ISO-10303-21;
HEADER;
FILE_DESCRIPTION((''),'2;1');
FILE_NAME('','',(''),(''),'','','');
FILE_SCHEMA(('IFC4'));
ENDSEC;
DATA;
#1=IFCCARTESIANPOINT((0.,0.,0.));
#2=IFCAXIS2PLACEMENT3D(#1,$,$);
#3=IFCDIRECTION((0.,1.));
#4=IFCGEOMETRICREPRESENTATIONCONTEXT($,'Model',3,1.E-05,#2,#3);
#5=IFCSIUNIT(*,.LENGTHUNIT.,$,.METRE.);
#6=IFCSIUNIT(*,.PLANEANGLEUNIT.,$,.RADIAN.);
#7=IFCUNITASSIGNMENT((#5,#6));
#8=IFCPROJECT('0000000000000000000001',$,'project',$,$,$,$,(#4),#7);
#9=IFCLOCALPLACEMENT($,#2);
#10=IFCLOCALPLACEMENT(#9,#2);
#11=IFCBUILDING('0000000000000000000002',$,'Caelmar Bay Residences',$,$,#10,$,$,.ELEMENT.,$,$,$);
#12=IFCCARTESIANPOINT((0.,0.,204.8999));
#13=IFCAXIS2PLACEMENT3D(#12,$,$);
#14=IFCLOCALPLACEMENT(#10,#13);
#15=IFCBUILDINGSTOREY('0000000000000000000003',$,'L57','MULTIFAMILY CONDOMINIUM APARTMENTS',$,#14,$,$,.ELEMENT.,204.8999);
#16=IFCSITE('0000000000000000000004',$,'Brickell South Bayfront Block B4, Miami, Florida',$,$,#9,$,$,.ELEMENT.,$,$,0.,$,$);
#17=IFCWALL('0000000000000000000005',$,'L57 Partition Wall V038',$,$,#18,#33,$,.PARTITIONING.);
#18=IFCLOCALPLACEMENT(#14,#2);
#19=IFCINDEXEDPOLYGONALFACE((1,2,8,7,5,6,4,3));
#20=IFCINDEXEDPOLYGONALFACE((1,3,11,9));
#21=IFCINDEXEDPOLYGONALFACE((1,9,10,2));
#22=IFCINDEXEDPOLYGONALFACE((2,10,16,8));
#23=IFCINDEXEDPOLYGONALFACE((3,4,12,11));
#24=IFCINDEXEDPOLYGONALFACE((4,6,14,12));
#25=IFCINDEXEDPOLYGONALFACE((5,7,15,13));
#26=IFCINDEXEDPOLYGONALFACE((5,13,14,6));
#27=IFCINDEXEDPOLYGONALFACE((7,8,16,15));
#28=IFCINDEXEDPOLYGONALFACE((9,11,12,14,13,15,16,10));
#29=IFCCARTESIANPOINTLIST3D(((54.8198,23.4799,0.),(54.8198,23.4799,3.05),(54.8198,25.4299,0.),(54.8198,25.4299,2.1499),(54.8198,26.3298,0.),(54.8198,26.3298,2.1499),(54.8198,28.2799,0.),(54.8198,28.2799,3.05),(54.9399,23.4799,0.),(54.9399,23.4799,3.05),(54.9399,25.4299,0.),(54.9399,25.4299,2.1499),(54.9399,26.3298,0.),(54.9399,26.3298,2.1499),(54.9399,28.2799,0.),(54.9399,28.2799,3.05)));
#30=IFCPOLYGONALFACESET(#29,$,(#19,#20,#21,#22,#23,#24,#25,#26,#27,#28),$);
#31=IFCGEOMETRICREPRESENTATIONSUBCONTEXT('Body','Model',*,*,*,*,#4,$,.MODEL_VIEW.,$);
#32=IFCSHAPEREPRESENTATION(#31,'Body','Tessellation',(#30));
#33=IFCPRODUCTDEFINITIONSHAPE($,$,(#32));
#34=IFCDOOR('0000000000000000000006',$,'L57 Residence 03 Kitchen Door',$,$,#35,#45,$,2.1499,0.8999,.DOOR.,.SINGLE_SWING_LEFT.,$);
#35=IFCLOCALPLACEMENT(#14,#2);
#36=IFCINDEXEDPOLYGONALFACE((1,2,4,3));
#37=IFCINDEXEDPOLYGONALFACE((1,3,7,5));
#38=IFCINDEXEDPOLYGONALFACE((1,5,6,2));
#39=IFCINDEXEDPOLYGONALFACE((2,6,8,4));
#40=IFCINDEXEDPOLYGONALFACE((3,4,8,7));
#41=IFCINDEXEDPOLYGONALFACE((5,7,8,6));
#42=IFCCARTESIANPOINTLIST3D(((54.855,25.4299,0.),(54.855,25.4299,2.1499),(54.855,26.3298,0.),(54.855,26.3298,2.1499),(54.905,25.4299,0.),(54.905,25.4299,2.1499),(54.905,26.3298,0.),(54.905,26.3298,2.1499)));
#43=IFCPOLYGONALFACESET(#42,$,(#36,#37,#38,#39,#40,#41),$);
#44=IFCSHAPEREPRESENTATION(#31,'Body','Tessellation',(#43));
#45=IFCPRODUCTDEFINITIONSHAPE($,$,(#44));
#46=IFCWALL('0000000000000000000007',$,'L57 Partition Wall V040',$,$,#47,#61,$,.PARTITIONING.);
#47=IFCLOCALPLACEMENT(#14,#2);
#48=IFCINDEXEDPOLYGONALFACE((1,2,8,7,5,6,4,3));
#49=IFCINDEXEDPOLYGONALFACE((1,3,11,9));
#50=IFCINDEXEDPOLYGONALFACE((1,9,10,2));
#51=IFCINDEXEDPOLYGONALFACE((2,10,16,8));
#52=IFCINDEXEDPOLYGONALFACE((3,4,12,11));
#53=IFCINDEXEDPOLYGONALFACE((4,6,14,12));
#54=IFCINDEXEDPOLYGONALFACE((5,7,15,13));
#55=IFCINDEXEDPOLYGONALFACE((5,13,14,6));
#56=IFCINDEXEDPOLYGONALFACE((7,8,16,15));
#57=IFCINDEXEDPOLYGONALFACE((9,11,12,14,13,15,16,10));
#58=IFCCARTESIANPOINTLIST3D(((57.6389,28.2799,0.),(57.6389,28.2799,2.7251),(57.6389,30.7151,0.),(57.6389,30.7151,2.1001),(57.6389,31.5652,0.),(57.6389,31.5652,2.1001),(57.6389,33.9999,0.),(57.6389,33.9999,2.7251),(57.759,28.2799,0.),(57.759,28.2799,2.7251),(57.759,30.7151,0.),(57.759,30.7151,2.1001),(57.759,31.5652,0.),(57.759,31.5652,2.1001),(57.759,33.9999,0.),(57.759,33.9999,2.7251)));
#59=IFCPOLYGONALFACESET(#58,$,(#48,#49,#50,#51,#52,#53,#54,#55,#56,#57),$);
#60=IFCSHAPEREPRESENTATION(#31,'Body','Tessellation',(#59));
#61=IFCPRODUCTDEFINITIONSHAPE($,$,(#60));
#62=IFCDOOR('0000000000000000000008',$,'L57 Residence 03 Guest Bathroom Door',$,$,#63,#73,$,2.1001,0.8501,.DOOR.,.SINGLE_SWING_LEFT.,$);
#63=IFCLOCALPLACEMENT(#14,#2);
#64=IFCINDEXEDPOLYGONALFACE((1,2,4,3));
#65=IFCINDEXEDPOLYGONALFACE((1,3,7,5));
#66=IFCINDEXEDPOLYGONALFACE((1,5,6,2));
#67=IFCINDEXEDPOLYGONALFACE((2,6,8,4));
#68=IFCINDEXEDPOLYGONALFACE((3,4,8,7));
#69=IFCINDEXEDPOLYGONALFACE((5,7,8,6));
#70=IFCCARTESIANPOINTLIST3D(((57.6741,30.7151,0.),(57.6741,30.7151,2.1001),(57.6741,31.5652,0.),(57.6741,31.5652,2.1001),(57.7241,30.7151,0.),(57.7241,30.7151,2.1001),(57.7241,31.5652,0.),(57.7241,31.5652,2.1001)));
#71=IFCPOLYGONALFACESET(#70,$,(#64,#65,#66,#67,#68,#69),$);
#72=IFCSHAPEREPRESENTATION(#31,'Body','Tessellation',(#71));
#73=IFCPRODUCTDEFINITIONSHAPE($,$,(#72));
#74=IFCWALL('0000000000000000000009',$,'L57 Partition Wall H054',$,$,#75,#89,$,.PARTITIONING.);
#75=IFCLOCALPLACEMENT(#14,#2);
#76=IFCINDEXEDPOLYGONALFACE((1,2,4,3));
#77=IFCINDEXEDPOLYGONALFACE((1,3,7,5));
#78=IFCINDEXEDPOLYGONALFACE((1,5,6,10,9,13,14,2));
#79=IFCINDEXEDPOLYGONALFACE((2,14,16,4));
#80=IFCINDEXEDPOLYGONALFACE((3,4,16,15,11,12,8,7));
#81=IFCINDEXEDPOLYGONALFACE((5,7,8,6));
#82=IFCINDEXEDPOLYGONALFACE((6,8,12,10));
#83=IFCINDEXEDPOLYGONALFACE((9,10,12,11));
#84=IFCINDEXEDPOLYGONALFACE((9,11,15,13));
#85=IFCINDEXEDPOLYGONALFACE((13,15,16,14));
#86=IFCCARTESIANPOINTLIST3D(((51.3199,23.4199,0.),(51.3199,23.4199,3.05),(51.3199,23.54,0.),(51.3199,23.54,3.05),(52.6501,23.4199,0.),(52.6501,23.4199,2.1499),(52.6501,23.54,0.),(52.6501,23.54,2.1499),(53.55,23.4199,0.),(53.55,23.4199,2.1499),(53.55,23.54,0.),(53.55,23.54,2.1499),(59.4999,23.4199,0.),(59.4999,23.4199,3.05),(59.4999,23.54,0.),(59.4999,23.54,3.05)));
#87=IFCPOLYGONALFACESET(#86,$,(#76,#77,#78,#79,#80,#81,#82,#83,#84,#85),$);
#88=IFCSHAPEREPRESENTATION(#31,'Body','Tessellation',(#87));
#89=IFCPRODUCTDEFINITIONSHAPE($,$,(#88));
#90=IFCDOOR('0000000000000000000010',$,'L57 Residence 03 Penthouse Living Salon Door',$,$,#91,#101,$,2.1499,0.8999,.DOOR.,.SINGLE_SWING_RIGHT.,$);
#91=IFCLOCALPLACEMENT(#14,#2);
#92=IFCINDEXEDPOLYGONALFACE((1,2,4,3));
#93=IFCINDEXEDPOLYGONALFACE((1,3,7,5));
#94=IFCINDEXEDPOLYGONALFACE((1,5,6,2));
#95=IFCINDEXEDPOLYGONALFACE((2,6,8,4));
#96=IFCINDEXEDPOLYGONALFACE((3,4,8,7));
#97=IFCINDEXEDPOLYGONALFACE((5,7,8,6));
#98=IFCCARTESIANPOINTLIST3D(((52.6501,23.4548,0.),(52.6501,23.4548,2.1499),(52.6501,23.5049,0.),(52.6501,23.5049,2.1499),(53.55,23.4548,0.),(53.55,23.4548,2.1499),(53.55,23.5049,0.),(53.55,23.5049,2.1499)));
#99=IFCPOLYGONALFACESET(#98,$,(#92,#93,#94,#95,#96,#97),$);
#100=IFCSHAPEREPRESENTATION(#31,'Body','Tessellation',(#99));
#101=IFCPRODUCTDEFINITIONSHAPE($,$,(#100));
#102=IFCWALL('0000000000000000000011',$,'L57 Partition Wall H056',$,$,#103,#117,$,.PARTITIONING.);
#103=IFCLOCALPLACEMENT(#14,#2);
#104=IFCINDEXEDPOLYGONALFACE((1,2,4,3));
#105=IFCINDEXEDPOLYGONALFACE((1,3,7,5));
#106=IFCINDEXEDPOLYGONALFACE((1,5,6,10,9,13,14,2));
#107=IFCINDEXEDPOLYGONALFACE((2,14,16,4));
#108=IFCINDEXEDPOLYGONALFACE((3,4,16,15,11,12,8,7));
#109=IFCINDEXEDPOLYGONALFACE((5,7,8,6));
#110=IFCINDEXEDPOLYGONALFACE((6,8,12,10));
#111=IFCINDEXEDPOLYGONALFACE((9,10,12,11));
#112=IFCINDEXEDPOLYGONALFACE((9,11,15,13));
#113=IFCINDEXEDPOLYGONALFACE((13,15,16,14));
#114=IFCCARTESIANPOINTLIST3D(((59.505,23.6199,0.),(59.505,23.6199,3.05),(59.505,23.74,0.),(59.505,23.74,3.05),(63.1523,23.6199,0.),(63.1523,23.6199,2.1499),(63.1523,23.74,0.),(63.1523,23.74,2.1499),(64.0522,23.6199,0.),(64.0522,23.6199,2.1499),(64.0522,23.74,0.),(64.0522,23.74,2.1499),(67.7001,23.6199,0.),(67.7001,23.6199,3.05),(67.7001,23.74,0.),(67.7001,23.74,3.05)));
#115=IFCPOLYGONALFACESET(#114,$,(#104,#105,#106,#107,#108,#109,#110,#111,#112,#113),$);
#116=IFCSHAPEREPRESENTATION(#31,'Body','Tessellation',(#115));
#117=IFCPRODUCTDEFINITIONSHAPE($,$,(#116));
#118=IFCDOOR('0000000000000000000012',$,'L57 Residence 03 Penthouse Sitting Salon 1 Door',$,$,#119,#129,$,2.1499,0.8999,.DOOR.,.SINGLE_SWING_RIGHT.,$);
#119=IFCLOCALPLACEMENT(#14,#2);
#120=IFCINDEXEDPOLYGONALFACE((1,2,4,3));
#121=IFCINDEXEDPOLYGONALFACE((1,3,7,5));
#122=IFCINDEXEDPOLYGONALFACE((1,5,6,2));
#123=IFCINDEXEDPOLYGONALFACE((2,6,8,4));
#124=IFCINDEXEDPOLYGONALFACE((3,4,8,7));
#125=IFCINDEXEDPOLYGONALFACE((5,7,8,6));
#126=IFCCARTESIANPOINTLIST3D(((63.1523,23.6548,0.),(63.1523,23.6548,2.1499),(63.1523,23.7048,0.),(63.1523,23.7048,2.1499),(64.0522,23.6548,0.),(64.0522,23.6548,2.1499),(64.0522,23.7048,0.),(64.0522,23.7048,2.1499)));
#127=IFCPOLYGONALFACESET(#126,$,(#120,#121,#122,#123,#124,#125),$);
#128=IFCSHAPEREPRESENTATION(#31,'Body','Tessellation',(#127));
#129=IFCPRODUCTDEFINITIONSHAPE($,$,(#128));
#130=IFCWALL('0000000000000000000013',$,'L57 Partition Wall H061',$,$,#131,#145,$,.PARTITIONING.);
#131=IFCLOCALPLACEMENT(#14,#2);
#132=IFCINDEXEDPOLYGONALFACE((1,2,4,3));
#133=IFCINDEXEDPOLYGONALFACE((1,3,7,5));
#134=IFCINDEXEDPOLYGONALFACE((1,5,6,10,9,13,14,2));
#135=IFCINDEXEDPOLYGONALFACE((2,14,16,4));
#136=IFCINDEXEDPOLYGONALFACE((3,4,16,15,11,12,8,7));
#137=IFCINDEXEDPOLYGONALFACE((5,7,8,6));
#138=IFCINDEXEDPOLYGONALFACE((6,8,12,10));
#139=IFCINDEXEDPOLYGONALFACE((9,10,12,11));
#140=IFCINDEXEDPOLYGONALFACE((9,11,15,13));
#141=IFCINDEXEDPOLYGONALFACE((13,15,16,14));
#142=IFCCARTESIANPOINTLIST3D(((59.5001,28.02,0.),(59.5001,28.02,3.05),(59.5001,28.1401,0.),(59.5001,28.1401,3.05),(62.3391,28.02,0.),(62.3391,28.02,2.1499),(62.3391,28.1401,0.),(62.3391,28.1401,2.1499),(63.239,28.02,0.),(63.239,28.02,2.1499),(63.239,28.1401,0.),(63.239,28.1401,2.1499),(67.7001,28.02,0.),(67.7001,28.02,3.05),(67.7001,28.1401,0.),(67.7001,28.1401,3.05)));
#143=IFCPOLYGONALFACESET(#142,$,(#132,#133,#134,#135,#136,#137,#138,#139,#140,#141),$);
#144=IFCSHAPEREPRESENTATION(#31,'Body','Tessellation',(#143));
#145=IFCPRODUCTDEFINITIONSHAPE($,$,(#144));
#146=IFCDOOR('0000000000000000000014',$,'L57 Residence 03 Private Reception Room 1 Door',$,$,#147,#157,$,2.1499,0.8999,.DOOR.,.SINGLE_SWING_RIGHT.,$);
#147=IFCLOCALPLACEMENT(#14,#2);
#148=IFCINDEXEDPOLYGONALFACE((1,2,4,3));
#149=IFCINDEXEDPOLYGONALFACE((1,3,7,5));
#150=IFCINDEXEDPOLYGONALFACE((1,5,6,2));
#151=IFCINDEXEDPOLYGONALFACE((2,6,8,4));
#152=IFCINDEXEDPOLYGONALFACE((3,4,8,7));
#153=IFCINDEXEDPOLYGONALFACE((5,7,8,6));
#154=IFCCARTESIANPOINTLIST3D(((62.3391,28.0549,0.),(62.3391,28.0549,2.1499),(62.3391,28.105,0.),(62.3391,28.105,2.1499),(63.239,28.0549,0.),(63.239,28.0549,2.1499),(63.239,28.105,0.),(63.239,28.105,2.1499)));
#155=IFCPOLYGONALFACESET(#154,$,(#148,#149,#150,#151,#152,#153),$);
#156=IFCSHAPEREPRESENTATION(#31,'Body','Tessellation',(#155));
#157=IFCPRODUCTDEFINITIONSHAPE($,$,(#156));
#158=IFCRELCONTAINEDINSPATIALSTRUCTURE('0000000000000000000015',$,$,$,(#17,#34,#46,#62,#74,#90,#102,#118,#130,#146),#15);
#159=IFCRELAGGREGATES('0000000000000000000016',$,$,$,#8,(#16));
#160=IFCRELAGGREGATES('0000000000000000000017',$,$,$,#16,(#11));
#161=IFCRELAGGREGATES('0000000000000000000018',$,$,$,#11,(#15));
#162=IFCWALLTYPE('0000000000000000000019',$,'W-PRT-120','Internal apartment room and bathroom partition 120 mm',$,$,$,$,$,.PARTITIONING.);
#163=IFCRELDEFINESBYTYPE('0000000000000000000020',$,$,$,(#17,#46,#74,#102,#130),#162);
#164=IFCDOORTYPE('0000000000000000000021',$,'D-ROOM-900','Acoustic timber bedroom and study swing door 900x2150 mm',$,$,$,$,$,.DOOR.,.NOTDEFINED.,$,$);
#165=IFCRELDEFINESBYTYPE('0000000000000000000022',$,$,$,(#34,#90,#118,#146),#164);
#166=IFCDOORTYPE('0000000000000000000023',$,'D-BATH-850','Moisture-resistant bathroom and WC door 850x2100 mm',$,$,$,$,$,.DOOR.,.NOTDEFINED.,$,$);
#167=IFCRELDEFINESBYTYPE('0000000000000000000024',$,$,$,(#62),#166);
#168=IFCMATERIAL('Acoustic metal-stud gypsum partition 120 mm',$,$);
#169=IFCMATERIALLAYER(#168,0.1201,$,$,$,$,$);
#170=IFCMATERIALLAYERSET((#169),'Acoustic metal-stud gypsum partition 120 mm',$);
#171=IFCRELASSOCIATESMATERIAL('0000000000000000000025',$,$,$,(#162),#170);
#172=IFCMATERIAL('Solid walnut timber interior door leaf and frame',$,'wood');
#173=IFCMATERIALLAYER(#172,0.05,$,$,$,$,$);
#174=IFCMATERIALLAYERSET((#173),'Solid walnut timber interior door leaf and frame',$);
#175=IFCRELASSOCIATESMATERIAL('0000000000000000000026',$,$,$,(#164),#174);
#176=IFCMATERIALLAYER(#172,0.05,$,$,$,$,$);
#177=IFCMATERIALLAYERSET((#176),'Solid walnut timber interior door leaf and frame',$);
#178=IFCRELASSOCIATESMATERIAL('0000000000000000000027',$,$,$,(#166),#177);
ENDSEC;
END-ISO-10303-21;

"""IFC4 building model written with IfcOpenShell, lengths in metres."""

from ifc_helpers import new_model, si_unit, direction, frame, frame_2d, origin, place, context, subcontext, project, spatial, rectangle, extrude, material, layer, layer_set, type_object, element, fill, save


model = new_model("IFC4")

# Units and contexts
model_context = context("Model", 3, precision=1e-05, world=origin(), true_north=direction((0.0, 1.0)))
body_context = subcontext(model_context, "Body", "Model", "MODEL_VIEW")
ifc_project = project(units=[si_unit("LENGTHUNIT", "METRE"), si_unit("PLANEANGLEUNIT", "RADIAN")], contexts=[model_context])

# Site, building, storey
site_placement = place(None, origin())
site = spatial("IfcSite", under=ifc_project, at=site_placement, Name="Brickell South Bayfront Block B4, Miami, Florida", CompositionType="ELEMENT", RefElevation=0.0)
building_placement = place(site_placement, origin())
building = spatial("IfcBuilding", under=site, at=building_placement, Name="Caelmar Bay Residences", CompositionType="ELEMENT")
storey_placement = place(building_placement, frame((0.0, 0.0, 204.8999)))
storey = spatial("IfcBuildingStorey", under=building, at=storey_placement, Name="L57", Description="MULTIFAMILY CONDOMINIUM APARTMENTS", CompositionType="ELEMENT", Elevation=204.8999)

# Walls, openings, doors
ifc_material_1 = material(Name="Acoustic metal-stud gypsum partition 120 mm")
ifc_layer_1 = layer(ifc_material_1, 0.1201)
ifc_layer_set_1 = layer_set([ifc_layer_1], Name="Acoustic metal-stud gypsum partition 120 mm")
wall_type_1 = type_object("IfcWallType", Name="W-PRT-120", Description="Internal apartment room and bathroom partition 120 mm", PredefinedType="PARTITIONING", material=ifc_layer_set_1)
wall_1_placement = place(storey_placement, frame((54.8799, 23.48, 0.0), z_axis=(0.0, 0.0, 1.0), x_axis=(0.0, 1.0, 0.0)))
wall_1 = element("IfcWall", 1, at=wall_1_placement, inside=storey, type_object=wall_type_1, Name="L57 Partition Wall V038", PredefinedType="PARTITIONING", context=body_context, shape_type="SweptSolid", body=[
    extrude(rectangle(XDim=4.8, YDim=0.1201, at=frame_2d((2.3999, 0.0))), origin(), (0.0, 0.0, 1.0), 3.05),
])
opening_1_placement = place(wall_1_placement, frame((1.95, 0.0, 0.0)))
opening_1 = element("IfcOpeningElement", 2, at=opening_1_placement, cuts=wall_1, PredefinedType="OPENING", context=body_context, shape_type="SweptSolid", body=[
    extrude(rectangle(XDim=0.8999, YDim=2.1499, at=frame_2d((0.45, 1.075))), frame((0.0, 0.0701, 0.0), z_axis=(0.0, -1.0, 0.0), x_axis=(1.0, 0.0, 0.0)), (0.0, 0.0, 1.0), 0.1401),
])
ifc_material_2 = material(Name="Solid walnut timber interior door leaf and frame", Category="wood")
ifc_layer_2 = layer(ifc_material_2, 0.05)
ifc_layer_set_2 = layer_set([ifc_layer_2], Name="Solid walnut timber interior door leaf and frame")
door_type_1 = type_object("IfcDoorType", Name="D-ROOM-900", Description="Acoustic timber bedroom and study swing door 900x2150 mm", OperationType="NOTDEFINED", PredefinedType="DOOR", material=ifc_layer_set_2)
door_1_placement = place(opening_1_placement, origin())
door_1 = element("IfcDoor", 3, at=door_1_placement, inside=storey, type_object=door_type_1, Name="L57 Residence 03 Kitchen Door", OperationType="SINGLE_SWING_LEFT", OverallHeight=2.1499, OverallWidth=0.8999, PredefinedType="DOOR", context=body_context, shape_type="SweptSolid", body=[
    extrude(rectangle(XDim=0.8999, YDim=2.1499, at=frame_2d((0.45, 1.075))), frame((0.0, 0.0249, 0.0), z_axis=(0.0, -1.0, 0.0), x_axis=(1.0, 0.0, 0.0)), (0.0, 0.0, 1.0), 0.05),
])
fill(opening_1, door_1)
wall_2_placement = place(storey_placement, frame((57.699, 28.28, 0.0), z_axis=(0.0, 0.0, 1.0), x_axis=(0.0, 1.0, 0.0)))
wall_2 = element("IfcWall", 4, at=wall_2_placement, inside=storey, type_object=wall_type_1, Name="L57 Partition Wall V040", PredefinedType="PARTITIONING", context=body_context, shape_type="SweptSolid", body=[
    extrude(rectangle(XDim=5.72, YDim=0.1201, at=frame_2d((2.8599, 0.0))), origin(), (0.0, 0.0, 1.0), 2.7251),
])
opening_2_placement = place(wall_2_placement, frame((2.4351, 0.0, 0.0)))
opening_2 = element("IfcOpeningElement", 5, at=opening_2_placement, cuts=wall_2, PredefinedType="OPENING", context=body_context, shape_type="SweptSolid", body=[
    extrude(rectangle(XDim=0.8501, YDim=2.1001, at=frame_2d((0.425, 1.05))), frame((0.0, 0.0701, 0.0), z_axis=(0.0, -1.0, 0.0), x_axis=(1.0, 0.0, 0.0)), (0.0, 0.0, 1.0), 0.1401),
])
ifc_layer_3 = layer(ifc_material_2, 0.05)
ifc_layer_set_3 = layer_set([ifc_layer_3], Name="Solid walnut timber interior door leaf and frame")
door_type_2 = type_object("IfcDoorType", Name="D-BATH-850", Description="Moisture-resistant bathroom and WC door 850x2100 mm", OperationType="NOTDEFINED", PredefinedType="DOOR", material=ifc_layer_set_3)
door_2_placement = place(opening_2_placement, origin())
door_2 = element("IfcDoor", 6, at=door_2_placement, inside=storey, type_object=door_type_2, Name="L57 Residence 03 Guest Bathroom Door", OperationType="SINGLE_SWING_LEFT", OverallHeight=2.1001, OverallWidth=0.8501, PredefinedType="DOOR", context=body_context, shape_type="SweptSolid", body=[
    extrude(rectangle(XDim=0.8501, YDim=2.1001, at=frame_2d((0.425, 1.05))), frame((0.0, 0.0249, 0.0), z_axis=(0.0, -1.0, 0.0), x_axis=(1.0, 0.0, 0.0)), (0.0, 0.0, 1.0), 0.05),
])
fill(opening_2, door_2)
wall_3_placement = place(storey_placement, frame((51.3201, 23.48, 0.0), z_axis=(0.0, 0.0, 1.0), x_axis=(1.0, 0.0, 0.0)))
wall_3 = element("IfcWall", 7, at=wall_3_placement, inside=storey, type_object=wall_type_1, Name="L57 Partition Wall H054", PredefinedType="PARTITIONING", context=body_context, shape_type="SweptSolid", body=[
    extrude(rectangle(XDim=8.1799, YDim=0.1201, at=frame_2d((4.0898, 0.0))), origin(), (0.0, 0.0, 1.0), 3.05),
])
opening_3_placement = place(wall_3_placement, frame((1.3301, 0.0, 0.0)))
opening_3 = element("IfcOpeningElement", 8, at=opening_3_placement, cuts=wall_3, PredefinedType="OPENING", context=body_context, shape_type="SweptSolid", body=[
    extrude(rectangle(XDim=0.8999, YDim=2.1499, at=frame_2d((0.45, 1.075))), frame((0.0, 0.0701, 0.0), z_axis=(0.0, -1.0, 0.0), x_axis=(1.0, 0.0, 0.0)), (0.0, 0.0, 1.0), 0.1401),
])
door_3_placement = place(opening_3_placement, origin())
door_3 = element("IfcDoor", 9, at=door_3_placement, inside=storey, type_object=door_type_1, Name="L57 Residence 03 Penthouse Living Salon Door", OperationType="SINGLE_SWING_RIGHT", OverallHeight=2.1499, OverallWidth=0.8999, PredefinedType="DOOR", context=body_context, shape_type="SweptSolid", body=[
    extrude(rectangle(XDim=0.8999, YDim=2.1499, at=frame_2d((0.45, 1.075))), frame((0.0, 0.0249, 0.0), z_axis=(0.0, -1.0, 0.0), x_axis=(1.0, 0.0, 0.0)), (0.0, 0.0, 1.0), 0.05),
])
fill(opening_3, door_3)
wall_4_placement = place(storey_placement, frame((59.5049, 23.6799, 0.0), z_axis=(0.0, 0.0, 1.0), x_axis=(1.0, 0.0, 0.0)))
wall_4 = element("IfcWall", 10, at=wall_4_placement, inside=storey, type_object=wall_type_1, Name="L57 Partition Wall H056", PredefinedType="PARTITIONING", context=body_context, shape_type="SweptSolid", body=[
    extrude(rectangle(XDim=8.1951, YDim=0.1201, at=frame_2d((4.0977, 0.0))), origin(), (0.0, 0.0, 1.0), 3.05),
])
opening_4_placement = place(wall_4_placement, frame((3.6475, 0.0, 0.0)))
opening_4 = element("IfcOpeningElement", 11, at=opening_4_placement, cuts=wall_4, PredefinedType="OPENING", context=body_context, shape_type="SweptSolid", body=[
    extrude(rectangle(XDim=0.8999, YDim=2.1499, at=frame_2d((0.45, 1.075))), frame((0.0, 0.0701, 0.0), z_axis=(0.0, -1.0, 0.0), x_axis=(1.0, 0.0, 0.0)), (0.0, 0.0, 1.0), 0.1401),
])
door_4_placement = place(opening_4_placement, origin())
door_4 = element("IfcDoor", 12, at=door_4_placement, inside=storey, type_object=door_type_1, Name="L57 Residence 03 Penthouse Sitting Salon 1 Door", OperationType="SINGLE_SWING_RIGHT", OverallHeight=2.1499, OverallWidth=0.8999, PredefinedType="DOOR", context=body_context, shape_type="SweptSolid", body=[
    extrude(rectangle(XDim=0.8999, YDim=2.1499, at=frame_2d((0.45, 1.075))), frame((0.0, 0.0249, 0.0), z_axis=(0.0, -1.0, 0.0), x_axis=(1.0, 0.0, 0.0)), (0.0, 0.0, 1.0), 0.05),
])
fill(opening_4, door_4)
wall_5_placement = place(storey_placement, frame((59.5, 28.0801, 0.0), z_axis=(0.0, 0.0, 1.0), x_axis=(1.0, 0.0, 0.0)))
wall_5 = element("IfcWall", 13, at=wall_5_placement, inside=storey, type_object=wall_type_1, Name="L57 Partition Wall H061", PredefinedType="PARTITIONING", context=body_context, shape_type="SweptSolid", body=[
    extrude(rectangle(XDim=8.2, YDim=0.1201, at=frame_2d((4.1001, 0.0))), origin(), (0.0, 0.0, 1.0), 3.05),
])
opening_5_placement = place(wall_5_placement, frame((2.8391, 0.0, 0.0)))
opening_5 = element("IfcOpeningElement", 14, at=opening_5_placement, cuts=wall_5, PredefinedType="OPENING", context=body_context, shape_type="SweptSolid", body=[
    extrude(rectangle(XDim=0.8999, YDim=2.1499, at=frame_2d((0.45, 1.075))), frame((0.0, 0.0701, 0.0), z_axis=(0.0, -1.0, 0.0), x_axis=(1.0, 0.0, 0.0)), (0.0, 0.0, 1.0), 0.1401),
])
door_5_placement = place(opening_5_placement, origin())
door_5 = element("IfcDoor", 15, at=door_5_placement, inside=storey, type_object=door_type_1, Name="L57 Residence 03 Private Reception Room 1 Door", OperationType="SINGLE_SWING_RIGHT", OverallHeight=2.1499, OverallWidth=0.8999, PredefinedType="DOOR", context=body_context, shape_type="SweptSolid", body=[
    extrude(rectangle(XDim=0.8999, YDim=2.1499, at=frame_2d((0.45, 1.075))), frame((0.0, 0.0249, 0.0), z_axis=(0.0, -1.0, 0.0), x_axis=(1.0, 0.0, 0.0)), (0.0, 0.0, 1.0), 0.05),
])
fill(opening_5, door_5)

save(model, "model.ifc")
